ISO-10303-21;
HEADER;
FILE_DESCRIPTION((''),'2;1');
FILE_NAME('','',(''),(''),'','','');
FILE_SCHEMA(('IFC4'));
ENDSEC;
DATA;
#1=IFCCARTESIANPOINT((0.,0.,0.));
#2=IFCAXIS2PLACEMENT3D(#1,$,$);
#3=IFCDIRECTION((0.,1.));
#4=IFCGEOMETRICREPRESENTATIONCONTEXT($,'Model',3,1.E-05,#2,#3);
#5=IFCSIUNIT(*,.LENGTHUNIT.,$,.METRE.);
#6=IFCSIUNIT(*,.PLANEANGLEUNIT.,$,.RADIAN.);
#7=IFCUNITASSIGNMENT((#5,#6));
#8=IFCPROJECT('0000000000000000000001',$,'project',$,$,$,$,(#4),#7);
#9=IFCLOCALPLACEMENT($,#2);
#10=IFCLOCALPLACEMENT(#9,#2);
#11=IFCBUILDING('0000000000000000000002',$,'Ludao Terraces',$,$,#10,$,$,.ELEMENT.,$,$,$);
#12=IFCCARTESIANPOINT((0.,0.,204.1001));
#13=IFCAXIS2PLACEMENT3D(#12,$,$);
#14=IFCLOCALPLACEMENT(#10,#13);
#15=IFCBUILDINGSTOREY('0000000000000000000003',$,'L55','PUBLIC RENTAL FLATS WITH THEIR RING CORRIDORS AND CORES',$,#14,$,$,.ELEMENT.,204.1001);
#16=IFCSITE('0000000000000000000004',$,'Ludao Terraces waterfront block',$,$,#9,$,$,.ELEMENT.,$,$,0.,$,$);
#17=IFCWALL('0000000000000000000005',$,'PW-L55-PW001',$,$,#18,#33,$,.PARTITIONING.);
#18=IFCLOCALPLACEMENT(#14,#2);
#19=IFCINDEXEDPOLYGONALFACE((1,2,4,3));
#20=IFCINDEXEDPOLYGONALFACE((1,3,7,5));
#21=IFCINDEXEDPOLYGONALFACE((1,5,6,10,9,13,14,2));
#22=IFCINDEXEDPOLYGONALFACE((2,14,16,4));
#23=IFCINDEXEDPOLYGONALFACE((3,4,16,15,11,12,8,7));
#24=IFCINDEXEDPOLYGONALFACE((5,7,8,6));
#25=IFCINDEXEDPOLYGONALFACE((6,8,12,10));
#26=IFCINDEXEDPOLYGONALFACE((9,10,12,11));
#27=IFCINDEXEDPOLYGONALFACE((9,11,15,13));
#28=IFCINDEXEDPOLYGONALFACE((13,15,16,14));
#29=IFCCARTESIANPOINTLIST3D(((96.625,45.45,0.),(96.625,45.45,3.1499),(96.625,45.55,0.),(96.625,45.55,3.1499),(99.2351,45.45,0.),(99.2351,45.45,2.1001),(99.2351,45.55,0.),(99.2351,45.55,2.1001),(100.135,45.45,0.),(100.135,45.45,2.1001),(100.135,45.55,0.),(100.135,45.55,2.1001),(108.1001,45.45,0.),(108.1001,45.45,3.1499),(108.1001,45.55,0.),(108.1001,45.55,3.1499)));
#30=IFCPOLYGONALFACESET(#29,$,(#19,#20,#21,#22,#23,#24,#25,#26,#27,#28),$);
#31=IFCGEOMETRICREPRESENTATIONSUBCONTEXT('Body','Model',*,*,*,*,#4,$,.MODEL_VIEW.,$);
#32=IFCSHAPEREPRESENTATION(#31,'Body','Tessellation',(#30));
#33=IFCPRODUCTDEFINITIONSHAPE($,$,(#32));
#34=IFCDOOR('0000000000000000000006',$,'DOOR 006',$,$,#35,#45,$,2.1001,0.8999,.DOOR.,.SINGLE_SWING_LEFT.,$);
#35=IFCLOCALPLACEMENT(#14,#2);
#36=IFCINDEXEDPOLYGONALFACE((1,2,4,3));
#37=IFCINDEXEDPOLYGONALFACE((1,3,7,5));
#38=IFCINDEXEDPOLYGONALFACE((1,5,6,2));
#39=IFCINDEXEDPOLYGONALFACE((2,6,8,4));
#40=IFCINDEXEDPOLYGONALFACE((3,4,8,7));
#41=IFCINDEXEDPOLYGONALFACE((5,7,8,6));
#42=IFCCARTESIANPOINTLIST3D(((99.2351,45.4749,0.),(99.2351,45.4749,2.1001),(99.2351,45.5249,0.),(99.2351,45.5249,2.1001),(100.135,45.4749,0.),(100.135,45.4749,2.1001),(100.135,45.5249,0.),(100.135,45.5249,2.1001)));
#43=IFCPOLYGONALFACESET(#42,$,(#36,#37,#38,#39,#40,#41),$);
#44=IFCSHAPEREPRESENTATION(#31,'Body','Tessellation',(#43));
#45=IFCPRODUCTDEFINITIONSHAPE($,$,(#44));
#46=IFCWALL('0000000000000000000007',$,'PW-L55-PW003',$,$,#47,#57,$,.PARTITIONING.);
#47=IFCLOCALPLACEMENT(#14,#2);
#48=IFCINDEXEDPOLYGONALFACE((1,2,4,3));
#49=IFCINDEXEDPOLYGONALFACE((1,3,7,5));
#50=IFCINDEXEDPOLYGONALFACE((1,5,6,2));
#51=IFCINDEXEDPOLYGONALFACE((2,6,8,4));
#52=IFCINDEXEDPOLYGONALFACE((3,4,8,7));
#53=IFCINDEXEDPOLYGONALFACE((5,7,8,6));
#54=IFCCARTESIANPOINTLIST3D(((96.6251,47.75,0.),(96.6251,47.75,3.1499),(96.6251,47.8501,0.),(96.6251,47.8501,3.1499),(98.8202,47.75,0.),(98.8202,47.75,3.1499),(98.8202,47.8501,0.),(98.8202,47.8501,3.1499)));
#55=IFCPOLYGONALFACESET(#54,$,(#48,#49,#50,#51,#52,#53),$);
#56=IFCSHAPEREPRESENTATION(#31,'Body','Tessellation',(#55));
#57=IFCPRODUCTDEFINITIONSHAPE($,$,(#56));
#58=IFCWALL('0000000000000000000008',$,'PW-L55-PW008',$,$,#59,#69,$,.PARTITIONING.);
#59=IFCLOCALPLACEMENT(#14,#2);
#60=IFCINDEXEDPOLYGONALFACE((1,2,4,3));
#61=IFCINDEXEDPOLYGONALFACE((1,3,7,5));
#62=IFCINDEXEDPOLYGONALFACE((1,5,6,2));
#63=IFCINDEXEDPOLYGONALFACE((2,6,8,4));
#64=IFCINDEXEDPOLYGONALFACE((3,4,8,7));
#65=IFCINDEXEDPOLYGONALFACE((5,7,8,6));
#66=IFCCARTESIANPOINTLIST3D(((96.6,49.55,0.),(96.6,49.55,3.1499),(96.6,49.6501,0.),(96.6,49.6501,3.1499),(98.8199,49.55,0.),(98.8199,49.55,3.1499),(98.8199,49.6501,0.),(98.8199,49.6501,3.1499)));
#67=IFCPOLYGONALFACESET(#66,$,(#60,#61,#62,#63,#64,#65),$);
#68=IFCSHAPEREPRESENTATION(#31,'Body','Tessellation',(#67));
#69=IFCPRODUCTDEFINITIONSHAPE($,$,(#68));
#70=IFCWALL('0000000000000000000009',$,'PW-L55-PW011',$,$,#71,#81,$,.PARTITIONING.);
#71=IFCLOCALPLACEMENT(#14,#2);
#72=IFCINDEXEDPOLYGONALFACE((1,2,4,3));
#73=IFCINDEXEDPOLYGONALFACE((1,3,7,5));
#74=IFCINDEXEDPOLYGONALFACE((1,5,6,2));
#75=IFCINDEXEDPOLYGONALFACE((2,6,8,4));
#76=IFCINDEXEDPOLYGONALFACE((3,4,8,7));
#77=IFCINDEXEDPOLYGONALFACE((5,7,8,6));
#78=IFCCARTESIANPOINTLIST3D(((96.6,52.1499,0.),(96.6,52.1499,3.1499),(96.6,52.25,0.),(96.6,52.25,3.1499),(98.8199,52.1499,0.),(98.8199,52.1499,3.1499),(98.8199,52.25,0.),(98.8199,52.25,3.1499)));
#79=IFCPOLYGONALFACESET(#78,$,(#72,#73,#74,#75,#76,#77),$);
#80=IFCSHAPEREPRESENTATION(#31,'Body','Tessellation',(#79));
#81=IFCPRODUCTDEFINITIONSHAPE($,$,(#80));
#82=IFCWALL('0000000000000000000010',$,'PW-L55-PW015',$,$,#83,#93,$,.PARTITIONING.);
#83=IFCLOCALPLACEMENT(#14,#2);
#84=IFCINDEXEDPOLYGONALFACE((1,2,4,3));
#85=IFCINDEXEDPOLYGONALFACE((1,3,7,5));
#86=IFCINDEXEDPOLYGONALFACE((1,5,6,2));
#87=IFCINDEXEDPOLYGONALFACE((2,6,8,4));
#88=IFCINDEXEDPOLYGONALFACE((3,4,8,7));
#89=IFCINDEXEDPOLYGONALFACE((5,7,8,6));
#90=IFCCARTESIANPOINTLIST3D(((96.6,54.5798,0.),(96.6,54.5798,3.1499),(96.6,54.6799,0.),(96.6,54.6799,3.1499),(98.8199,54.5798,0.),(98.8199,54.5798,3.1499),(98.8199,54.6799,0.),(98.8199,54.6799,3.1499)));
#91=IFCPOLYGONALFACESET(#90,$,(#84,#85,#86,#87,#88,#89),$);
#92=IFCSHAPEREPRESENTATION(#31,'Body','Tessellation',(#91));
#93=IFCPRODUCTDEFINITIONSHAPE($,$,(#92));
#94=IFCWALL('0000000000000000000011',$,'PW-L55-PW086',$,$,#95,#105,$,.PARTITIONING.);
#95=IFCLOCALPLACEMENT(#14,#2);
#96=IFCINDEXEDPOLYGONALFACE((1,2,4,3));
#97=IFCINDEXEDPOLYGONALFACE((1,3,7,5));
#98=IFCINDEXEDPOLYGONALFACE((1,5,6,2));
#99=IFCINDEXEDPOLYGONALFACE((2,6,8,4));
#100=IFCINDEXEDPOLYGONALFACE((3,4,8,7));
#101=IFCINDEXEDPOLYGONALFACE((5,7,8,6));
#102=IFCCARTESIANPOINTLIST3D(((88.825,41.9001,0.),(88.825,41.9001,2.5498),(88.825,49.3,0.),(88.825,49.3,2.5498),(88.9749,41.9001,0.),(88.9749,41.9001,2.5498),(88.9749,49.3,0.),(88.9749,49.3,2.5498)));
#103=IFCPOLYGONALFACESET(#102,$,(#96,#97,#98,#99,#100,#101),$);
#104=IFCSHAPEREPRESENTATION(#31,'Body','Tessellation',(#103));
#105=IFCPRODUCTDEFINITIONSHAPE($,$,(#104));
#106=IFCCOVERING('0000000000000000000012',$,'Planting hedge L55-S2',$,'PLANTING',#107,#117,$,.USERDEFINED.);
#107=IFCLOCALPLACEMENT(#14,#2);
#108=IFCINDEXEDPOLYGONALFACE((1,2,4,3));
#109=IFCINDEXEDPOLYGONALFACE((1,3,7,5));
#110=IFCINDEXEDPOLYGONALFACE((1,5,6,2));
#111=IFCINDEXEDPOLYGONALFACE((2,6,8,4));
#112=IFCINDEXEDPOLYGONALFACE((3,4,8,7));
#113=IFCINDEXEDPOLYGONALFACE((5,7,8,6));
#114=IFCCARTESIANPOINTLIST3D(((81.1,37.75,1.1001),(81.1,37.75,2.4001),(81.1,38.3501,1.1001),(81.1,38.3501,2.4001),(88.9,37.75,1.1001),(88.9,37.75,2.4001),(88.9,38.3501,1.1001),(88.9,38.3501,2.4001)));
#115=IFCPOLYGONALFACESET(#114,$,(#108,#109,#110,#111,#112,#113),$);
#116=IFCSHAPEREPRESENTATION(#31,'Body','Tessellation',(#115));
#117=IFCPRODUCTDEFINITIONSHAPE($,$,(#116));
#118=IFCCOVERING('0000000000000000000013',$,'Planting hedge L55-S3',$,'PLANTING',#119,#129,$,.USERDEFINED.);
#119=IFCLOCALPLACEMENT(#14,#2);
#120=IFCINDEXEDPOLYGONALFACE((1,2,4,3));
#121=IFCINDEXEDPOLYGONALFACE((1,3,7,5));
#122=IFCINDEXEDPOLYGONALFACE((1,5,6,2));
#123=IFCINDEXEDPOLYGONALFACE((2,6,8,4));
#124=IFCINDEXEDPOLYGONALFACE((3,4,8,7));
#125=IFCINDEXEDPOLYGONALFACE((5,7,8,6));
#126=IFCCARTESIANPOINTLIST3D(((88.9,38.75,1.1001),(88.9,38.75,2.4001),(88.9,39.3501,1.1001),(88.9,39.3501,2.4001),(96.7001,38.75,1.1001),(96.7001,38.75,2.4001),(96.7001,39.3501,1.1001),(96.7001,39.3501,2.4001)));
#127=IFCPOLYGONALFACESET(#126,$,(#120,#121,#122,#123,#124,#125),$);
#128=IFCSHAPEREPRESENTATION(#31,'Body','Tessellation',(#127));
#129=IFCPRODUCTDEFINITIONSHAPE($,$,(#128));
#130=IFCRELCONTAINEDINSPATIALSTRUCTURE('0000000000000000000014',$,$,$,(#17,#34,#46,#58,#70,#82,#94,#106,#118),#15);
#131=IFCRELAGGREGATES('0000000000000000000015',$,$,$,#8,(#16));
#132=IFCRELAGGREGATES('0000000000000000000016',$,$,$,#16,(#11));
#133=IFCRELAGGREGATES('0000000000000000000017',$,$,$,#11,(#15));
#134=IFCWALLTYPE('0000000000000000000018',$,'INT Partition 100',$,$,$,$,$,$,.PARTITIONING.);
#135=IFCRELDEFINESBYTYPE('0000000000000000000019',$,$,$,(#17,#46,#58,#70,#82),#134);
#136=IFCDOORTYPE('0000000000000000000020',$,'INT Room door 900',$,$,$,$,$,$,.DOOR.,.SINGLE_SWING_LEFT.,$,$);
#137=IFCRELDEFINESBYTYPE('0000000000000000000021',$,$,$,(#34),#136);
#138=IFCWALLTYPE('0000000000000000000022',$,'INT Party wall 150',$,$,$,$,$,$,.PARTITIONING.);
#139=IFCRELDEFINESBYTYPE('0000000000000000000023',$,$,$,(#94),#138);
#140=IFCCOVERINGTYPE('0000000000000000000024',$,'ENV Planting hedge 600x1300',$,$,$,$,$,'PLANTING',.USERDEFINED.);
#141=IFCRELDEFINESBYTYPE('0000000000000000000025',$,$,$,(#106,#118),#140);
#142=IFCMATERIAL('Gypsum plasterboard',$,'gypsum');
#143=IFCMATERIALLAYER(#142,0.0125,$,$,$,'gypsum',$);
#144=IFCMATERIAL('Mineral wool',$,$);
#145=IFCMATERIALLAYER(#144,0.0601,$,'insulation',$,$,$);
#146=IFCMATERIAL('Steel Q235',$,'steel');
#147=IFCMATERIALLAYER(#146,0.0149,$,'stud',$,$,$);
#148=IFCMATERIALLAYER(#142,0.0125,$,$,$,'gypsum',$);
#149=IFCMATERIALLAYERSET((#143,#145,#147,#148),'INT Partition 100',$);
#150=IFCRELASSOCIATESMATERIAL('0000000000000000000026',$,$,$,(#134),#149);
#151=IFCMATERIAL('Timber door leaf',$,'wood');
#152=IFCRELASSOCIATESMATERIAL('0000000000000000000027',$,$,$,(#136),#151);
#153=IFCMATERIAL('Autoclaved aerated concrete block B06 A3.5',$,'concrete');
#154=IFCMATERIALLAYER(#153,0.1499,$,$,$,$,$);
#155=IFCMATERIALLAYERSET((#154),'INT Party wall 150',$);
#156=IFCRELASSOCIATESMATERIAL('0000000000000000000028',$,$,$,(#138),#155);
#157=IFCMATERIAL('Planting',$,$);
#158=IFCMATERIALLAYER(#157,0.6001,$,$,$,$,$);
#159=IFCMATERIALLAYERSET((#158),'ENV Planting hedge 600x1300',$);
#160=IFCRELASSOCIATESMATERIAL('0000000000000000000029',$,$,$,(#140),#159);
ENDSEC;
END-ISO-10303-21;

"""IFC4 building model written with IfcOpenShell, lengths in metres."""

from ifc_helpers import new_model, si_unit, direction, frame, frame_2d, origin, origin_2d, place, context, subcontext, project, spatial, rectangle, extrude, material, layer, layer_set, type_object, element, fill, save


model = new_model("IFC4")

# Units and contexts
model_context = context("Model", 3, precision=1e-05, world=origin(), true_north=direction((0.0, 1.0)))
body_context = subcontext(model_context, "Body", "Model", "MODEL_VIEW")
ifc_project = project(units=[si_unit("LENGTHUNIT", "METRE"), si_unit("PLANEANGLEUNIT", "RADIAN")], contexts=[model_context])

# Site, building, storey
site_placement = place(None, origin())
site = spatial("IfcSite", under=ifc_project, at=site_placement, Name="Ludao Terraces waterfront block", CompositionType="ELEMENT", RefElevation=0.0)
building_placement = place(site_placement, origin())
building = spatial("IfcBuilding", under=site, at=building_placement, Name="Ludao Terraces", CompositionType="ELEMENT")
storey_placement = place(building_placement, frame((0.0, 0.0, 204.1001)))
storey = spatial("IfcBuildingStorey", under=building, at=storey_placement, Name="L55", Description="PUBLIC RENTAL FLATS WITH THEIR RING CORRIDORS AND CORES", CompositionType="ELEMENT", Elevation=204.1001)

# Shared definitions
ifc_material_1 = material(Name="Steel Q235", Category="steel")

# Shared definitions
ifc_material_2 = material(Name="Mineral wool")

# Wall, opening, door
ifc_material_3 = material(Name="Gypsum plasterboard", Category="gypsum")
ifc_layer_1 = layer(ifc_material_3, 0.0125, Category="gypsum")
ifc_layer_2 = layer(ifc_material_2, 0.0601, Name="insulation")
ifc_layer_3 = layer(ifc_material_1, 0.0149, Name="stud")
ifc_layer_4 = layer(ifc_material_3, 0.0125, Category="gypsum")
ifc_layer_set_1 = layer_set([ifc_layer_1, ifc_layer_2, ifc_layer_3, ifc_layer_4], Name="INT Partition 100")
wall_type_1 = type_object("IfcWallType", Name="INT Partition 100", PredefinedType="PARTITIONING", material=ifc_layer_set_1)
wall_1_placement = place(storey_placement, frame((96.625, 45.5, 0.0), z_axis=(0.0, 0.0, 1.0), x_axis=(1.0, 0.0, 0.0)))
wall_1 = element("IfcWall", 1, at=wall_1_placement, inside=storey, type_object=wall_type_1, Name="PW-L55-PW001", PredefinedType="PARTITIONING", context=body_context, shape_type="SweptSolid", body=[
    extrude(rectangle(XDim=11.4751, YDim=0.1001, at=frame_2d((5.7375, 0.0))), origin(), (0.0, 0.0, 1.0), 3.1499),
])
opening_1_placement = place(wall_1_placement, frame((2.6101, 0.0, 0.0)))
opening_1 = element("IfcOpeningElement", 2, at=opening_1_placement, cuts=wall_1, PredefinedType="OPENING", context=body_context, shape_type="SweptSolid", body=[
    extrude(rectangle(XDim=0.8999, YDim=2.1001, at=frame_2d((0.45, 1.05))), frame((0.0, 0.0601, 0.0), z_axis=(0.0, -1.0, 0.0), x_axis=(1.0, 0.0, 0.0)), (0.0, 0.0, 1.0), 0.1201),
])
ifc_material_4 = material(Name="Timber door leaf", Category="wood")
door_type_1 = type_object("IfcDoorType", Name="INT Room door 900", OperationType="SINGLE_SWING_LEFT", PredefinedType="DOOR", material=ifc_material_4)
door_1_placement = place(opening_1_placement, origin())
door_1 = element("IfcDoor", 3, at=door_1_placement, inside=storey, type_object=door_type_1, Name="DOOR 006", OperationType="SINGLE_SWING_LEFT", OverallHeight=2.1001, OverallWidth=0.8999, PredefinedType="DOOR", context=body_context, shape_type="SweptSolid", body=[
    extrude(rectangle(XDim=0.8999, YDim=2.1001, at=frame_2d((0.45, 1.05))), frame((0.0, 0.0249, 0.0), z_axis=(0.0, -1.0, 0.0), x_axis=(1.0, 0.0, 0.0)), (0.0, 0.0, 1.0), 0.05),
])
fill(opening_1, door_1)

# Walls
wall_2_placement = place(storey_placement, frame((96.625, 47.8, 0.0), z_axis=(0.0, 0.0, 1.0), x_axis=(1.0, 0.0, 0.0)))
element("IfcWall", 4, at=wall_2_placement, inside=storey, type_object=wall_type_1, Name="PW-L55-PW003", PredefinedType="PARTITIONING", context=body_context, shape_type="SweptSolid", body=[
    extrude(rectangle(XDim=2.1951, YDim=0.1001, at=frame_2d((1.0977, 0.0))), origin(), (0.0, 0.0, 1.0), 3.1499),
])
for number, where, z_axis, x_axis, name in (
    (5, (96.6001, 49.6001, 0.0), (0.0, 0.0, 1.0), (1.0, 0.0, 0.0), "PW-L55-PW008"),
    (6, (96.6001, 52.2, 0.0), (0.0, 0.0, 1.0), (1.0, 0.0, 0.0), "PW-L55-PW011"),
    (7, (96.6001, 54.6299, 0.0), (0.0, 0.0, 1.0), (1.0, 0.0, 0.0), "PW-L55-PW015"),
):
    element("IfcWall", number, at=place(storey_placement, frame(where, z_axis=z_axis, x_axis=x_axis)), inside=storey, type_object=wall_type_1, Name=name, PredefinedType="PARTITIONING", context=body_context, shape_type="SweptSolid", body=[
        extrude(rectangle(XDim=2.22, YDim=0.1001, at=frame_2d((1.1099, 0.0))), origin(), (0.0, 0.0, 1.0), 3.1499),
    ])
ifc_material_5 = material(Name="Autoclaved aerated concrete block B06 A3.5", Category="concrete")
ifc_layer_5 = layer(ifc_material_5, 0.1499)
ifc_layer_set_2 = layer_set([ifc_layer_5], Name="INT Party wall 150")
wall_type_2 = type_object("IfcWallType", Name="INT Party wall 150", PredefinedType="PARTITIONING", material=ifc_layer_set_2)
wall_3_placement = place(storey_placement, frame((88.8999, 41.9001, 0.0), z_axis=(0.0, 0.0, 1.0), x_axis=(0.0, 1.0, 0.0)))
element("IfcWall", 8, at=wall_3_placement, inside=storey, type_object=wall_type_2, Name="PW-L55-PW086", PredefinedType="PARTITIONING", context=body_context, shape_type="SweptSolid", body=[
    extrude(rectangle(XDim=7.3999, YDim=0.1499, at=frame_2d((3.7, 0.0))), origin(), (0.0, 0.0, 1.0), 2.5498),
])

# Coverings
ifc_material_6 = material(Name="Planting")
ifc_layer_6 = layer(ifc_material_6, 0.6001)
ifc_layer_set_3 = layer_set([ifc_layer_6], Name="ENV Planting hedge 600x1300")
covering_type = type_object("IfcCoveringType", Name="ENV Planting hedge 600x1300", ElementType="PLANTING", PredefinedType="USERDEFINED", material=ifc_layer_set_3)
for number, where, z_axis, x_axis, name in (
    (9, (85.0, 38.05, 1.1001), (0.0, 0.0, 1.0), (1.0, 0.0, 0.0), "Planting hedge L55-S2"),
    (10, (92.8, 39.05, 1.1001), (0.0, 0.0, 1.0), (1.0, 0.0, 0.0), "Planting hedge L55-S3"),
):
    element("IfcCovering", number, at=place(storey_placement, frame(where, z_axis=z_axis, x_axis=x_axis)), inside=storey, type_object=covering_type, Name=name, ObjectType="PLANTING", PredefinedType="USERDEFINED", context=body_context, shape_type="SweptSolid", body=[
        extrude(rectangle(XDim=7.8, YDim=0.6001, at=origin_2d()), origin(), (0.0, 0.0, 1.0), 1.3),
    ])

save(model, "model.ifc")
